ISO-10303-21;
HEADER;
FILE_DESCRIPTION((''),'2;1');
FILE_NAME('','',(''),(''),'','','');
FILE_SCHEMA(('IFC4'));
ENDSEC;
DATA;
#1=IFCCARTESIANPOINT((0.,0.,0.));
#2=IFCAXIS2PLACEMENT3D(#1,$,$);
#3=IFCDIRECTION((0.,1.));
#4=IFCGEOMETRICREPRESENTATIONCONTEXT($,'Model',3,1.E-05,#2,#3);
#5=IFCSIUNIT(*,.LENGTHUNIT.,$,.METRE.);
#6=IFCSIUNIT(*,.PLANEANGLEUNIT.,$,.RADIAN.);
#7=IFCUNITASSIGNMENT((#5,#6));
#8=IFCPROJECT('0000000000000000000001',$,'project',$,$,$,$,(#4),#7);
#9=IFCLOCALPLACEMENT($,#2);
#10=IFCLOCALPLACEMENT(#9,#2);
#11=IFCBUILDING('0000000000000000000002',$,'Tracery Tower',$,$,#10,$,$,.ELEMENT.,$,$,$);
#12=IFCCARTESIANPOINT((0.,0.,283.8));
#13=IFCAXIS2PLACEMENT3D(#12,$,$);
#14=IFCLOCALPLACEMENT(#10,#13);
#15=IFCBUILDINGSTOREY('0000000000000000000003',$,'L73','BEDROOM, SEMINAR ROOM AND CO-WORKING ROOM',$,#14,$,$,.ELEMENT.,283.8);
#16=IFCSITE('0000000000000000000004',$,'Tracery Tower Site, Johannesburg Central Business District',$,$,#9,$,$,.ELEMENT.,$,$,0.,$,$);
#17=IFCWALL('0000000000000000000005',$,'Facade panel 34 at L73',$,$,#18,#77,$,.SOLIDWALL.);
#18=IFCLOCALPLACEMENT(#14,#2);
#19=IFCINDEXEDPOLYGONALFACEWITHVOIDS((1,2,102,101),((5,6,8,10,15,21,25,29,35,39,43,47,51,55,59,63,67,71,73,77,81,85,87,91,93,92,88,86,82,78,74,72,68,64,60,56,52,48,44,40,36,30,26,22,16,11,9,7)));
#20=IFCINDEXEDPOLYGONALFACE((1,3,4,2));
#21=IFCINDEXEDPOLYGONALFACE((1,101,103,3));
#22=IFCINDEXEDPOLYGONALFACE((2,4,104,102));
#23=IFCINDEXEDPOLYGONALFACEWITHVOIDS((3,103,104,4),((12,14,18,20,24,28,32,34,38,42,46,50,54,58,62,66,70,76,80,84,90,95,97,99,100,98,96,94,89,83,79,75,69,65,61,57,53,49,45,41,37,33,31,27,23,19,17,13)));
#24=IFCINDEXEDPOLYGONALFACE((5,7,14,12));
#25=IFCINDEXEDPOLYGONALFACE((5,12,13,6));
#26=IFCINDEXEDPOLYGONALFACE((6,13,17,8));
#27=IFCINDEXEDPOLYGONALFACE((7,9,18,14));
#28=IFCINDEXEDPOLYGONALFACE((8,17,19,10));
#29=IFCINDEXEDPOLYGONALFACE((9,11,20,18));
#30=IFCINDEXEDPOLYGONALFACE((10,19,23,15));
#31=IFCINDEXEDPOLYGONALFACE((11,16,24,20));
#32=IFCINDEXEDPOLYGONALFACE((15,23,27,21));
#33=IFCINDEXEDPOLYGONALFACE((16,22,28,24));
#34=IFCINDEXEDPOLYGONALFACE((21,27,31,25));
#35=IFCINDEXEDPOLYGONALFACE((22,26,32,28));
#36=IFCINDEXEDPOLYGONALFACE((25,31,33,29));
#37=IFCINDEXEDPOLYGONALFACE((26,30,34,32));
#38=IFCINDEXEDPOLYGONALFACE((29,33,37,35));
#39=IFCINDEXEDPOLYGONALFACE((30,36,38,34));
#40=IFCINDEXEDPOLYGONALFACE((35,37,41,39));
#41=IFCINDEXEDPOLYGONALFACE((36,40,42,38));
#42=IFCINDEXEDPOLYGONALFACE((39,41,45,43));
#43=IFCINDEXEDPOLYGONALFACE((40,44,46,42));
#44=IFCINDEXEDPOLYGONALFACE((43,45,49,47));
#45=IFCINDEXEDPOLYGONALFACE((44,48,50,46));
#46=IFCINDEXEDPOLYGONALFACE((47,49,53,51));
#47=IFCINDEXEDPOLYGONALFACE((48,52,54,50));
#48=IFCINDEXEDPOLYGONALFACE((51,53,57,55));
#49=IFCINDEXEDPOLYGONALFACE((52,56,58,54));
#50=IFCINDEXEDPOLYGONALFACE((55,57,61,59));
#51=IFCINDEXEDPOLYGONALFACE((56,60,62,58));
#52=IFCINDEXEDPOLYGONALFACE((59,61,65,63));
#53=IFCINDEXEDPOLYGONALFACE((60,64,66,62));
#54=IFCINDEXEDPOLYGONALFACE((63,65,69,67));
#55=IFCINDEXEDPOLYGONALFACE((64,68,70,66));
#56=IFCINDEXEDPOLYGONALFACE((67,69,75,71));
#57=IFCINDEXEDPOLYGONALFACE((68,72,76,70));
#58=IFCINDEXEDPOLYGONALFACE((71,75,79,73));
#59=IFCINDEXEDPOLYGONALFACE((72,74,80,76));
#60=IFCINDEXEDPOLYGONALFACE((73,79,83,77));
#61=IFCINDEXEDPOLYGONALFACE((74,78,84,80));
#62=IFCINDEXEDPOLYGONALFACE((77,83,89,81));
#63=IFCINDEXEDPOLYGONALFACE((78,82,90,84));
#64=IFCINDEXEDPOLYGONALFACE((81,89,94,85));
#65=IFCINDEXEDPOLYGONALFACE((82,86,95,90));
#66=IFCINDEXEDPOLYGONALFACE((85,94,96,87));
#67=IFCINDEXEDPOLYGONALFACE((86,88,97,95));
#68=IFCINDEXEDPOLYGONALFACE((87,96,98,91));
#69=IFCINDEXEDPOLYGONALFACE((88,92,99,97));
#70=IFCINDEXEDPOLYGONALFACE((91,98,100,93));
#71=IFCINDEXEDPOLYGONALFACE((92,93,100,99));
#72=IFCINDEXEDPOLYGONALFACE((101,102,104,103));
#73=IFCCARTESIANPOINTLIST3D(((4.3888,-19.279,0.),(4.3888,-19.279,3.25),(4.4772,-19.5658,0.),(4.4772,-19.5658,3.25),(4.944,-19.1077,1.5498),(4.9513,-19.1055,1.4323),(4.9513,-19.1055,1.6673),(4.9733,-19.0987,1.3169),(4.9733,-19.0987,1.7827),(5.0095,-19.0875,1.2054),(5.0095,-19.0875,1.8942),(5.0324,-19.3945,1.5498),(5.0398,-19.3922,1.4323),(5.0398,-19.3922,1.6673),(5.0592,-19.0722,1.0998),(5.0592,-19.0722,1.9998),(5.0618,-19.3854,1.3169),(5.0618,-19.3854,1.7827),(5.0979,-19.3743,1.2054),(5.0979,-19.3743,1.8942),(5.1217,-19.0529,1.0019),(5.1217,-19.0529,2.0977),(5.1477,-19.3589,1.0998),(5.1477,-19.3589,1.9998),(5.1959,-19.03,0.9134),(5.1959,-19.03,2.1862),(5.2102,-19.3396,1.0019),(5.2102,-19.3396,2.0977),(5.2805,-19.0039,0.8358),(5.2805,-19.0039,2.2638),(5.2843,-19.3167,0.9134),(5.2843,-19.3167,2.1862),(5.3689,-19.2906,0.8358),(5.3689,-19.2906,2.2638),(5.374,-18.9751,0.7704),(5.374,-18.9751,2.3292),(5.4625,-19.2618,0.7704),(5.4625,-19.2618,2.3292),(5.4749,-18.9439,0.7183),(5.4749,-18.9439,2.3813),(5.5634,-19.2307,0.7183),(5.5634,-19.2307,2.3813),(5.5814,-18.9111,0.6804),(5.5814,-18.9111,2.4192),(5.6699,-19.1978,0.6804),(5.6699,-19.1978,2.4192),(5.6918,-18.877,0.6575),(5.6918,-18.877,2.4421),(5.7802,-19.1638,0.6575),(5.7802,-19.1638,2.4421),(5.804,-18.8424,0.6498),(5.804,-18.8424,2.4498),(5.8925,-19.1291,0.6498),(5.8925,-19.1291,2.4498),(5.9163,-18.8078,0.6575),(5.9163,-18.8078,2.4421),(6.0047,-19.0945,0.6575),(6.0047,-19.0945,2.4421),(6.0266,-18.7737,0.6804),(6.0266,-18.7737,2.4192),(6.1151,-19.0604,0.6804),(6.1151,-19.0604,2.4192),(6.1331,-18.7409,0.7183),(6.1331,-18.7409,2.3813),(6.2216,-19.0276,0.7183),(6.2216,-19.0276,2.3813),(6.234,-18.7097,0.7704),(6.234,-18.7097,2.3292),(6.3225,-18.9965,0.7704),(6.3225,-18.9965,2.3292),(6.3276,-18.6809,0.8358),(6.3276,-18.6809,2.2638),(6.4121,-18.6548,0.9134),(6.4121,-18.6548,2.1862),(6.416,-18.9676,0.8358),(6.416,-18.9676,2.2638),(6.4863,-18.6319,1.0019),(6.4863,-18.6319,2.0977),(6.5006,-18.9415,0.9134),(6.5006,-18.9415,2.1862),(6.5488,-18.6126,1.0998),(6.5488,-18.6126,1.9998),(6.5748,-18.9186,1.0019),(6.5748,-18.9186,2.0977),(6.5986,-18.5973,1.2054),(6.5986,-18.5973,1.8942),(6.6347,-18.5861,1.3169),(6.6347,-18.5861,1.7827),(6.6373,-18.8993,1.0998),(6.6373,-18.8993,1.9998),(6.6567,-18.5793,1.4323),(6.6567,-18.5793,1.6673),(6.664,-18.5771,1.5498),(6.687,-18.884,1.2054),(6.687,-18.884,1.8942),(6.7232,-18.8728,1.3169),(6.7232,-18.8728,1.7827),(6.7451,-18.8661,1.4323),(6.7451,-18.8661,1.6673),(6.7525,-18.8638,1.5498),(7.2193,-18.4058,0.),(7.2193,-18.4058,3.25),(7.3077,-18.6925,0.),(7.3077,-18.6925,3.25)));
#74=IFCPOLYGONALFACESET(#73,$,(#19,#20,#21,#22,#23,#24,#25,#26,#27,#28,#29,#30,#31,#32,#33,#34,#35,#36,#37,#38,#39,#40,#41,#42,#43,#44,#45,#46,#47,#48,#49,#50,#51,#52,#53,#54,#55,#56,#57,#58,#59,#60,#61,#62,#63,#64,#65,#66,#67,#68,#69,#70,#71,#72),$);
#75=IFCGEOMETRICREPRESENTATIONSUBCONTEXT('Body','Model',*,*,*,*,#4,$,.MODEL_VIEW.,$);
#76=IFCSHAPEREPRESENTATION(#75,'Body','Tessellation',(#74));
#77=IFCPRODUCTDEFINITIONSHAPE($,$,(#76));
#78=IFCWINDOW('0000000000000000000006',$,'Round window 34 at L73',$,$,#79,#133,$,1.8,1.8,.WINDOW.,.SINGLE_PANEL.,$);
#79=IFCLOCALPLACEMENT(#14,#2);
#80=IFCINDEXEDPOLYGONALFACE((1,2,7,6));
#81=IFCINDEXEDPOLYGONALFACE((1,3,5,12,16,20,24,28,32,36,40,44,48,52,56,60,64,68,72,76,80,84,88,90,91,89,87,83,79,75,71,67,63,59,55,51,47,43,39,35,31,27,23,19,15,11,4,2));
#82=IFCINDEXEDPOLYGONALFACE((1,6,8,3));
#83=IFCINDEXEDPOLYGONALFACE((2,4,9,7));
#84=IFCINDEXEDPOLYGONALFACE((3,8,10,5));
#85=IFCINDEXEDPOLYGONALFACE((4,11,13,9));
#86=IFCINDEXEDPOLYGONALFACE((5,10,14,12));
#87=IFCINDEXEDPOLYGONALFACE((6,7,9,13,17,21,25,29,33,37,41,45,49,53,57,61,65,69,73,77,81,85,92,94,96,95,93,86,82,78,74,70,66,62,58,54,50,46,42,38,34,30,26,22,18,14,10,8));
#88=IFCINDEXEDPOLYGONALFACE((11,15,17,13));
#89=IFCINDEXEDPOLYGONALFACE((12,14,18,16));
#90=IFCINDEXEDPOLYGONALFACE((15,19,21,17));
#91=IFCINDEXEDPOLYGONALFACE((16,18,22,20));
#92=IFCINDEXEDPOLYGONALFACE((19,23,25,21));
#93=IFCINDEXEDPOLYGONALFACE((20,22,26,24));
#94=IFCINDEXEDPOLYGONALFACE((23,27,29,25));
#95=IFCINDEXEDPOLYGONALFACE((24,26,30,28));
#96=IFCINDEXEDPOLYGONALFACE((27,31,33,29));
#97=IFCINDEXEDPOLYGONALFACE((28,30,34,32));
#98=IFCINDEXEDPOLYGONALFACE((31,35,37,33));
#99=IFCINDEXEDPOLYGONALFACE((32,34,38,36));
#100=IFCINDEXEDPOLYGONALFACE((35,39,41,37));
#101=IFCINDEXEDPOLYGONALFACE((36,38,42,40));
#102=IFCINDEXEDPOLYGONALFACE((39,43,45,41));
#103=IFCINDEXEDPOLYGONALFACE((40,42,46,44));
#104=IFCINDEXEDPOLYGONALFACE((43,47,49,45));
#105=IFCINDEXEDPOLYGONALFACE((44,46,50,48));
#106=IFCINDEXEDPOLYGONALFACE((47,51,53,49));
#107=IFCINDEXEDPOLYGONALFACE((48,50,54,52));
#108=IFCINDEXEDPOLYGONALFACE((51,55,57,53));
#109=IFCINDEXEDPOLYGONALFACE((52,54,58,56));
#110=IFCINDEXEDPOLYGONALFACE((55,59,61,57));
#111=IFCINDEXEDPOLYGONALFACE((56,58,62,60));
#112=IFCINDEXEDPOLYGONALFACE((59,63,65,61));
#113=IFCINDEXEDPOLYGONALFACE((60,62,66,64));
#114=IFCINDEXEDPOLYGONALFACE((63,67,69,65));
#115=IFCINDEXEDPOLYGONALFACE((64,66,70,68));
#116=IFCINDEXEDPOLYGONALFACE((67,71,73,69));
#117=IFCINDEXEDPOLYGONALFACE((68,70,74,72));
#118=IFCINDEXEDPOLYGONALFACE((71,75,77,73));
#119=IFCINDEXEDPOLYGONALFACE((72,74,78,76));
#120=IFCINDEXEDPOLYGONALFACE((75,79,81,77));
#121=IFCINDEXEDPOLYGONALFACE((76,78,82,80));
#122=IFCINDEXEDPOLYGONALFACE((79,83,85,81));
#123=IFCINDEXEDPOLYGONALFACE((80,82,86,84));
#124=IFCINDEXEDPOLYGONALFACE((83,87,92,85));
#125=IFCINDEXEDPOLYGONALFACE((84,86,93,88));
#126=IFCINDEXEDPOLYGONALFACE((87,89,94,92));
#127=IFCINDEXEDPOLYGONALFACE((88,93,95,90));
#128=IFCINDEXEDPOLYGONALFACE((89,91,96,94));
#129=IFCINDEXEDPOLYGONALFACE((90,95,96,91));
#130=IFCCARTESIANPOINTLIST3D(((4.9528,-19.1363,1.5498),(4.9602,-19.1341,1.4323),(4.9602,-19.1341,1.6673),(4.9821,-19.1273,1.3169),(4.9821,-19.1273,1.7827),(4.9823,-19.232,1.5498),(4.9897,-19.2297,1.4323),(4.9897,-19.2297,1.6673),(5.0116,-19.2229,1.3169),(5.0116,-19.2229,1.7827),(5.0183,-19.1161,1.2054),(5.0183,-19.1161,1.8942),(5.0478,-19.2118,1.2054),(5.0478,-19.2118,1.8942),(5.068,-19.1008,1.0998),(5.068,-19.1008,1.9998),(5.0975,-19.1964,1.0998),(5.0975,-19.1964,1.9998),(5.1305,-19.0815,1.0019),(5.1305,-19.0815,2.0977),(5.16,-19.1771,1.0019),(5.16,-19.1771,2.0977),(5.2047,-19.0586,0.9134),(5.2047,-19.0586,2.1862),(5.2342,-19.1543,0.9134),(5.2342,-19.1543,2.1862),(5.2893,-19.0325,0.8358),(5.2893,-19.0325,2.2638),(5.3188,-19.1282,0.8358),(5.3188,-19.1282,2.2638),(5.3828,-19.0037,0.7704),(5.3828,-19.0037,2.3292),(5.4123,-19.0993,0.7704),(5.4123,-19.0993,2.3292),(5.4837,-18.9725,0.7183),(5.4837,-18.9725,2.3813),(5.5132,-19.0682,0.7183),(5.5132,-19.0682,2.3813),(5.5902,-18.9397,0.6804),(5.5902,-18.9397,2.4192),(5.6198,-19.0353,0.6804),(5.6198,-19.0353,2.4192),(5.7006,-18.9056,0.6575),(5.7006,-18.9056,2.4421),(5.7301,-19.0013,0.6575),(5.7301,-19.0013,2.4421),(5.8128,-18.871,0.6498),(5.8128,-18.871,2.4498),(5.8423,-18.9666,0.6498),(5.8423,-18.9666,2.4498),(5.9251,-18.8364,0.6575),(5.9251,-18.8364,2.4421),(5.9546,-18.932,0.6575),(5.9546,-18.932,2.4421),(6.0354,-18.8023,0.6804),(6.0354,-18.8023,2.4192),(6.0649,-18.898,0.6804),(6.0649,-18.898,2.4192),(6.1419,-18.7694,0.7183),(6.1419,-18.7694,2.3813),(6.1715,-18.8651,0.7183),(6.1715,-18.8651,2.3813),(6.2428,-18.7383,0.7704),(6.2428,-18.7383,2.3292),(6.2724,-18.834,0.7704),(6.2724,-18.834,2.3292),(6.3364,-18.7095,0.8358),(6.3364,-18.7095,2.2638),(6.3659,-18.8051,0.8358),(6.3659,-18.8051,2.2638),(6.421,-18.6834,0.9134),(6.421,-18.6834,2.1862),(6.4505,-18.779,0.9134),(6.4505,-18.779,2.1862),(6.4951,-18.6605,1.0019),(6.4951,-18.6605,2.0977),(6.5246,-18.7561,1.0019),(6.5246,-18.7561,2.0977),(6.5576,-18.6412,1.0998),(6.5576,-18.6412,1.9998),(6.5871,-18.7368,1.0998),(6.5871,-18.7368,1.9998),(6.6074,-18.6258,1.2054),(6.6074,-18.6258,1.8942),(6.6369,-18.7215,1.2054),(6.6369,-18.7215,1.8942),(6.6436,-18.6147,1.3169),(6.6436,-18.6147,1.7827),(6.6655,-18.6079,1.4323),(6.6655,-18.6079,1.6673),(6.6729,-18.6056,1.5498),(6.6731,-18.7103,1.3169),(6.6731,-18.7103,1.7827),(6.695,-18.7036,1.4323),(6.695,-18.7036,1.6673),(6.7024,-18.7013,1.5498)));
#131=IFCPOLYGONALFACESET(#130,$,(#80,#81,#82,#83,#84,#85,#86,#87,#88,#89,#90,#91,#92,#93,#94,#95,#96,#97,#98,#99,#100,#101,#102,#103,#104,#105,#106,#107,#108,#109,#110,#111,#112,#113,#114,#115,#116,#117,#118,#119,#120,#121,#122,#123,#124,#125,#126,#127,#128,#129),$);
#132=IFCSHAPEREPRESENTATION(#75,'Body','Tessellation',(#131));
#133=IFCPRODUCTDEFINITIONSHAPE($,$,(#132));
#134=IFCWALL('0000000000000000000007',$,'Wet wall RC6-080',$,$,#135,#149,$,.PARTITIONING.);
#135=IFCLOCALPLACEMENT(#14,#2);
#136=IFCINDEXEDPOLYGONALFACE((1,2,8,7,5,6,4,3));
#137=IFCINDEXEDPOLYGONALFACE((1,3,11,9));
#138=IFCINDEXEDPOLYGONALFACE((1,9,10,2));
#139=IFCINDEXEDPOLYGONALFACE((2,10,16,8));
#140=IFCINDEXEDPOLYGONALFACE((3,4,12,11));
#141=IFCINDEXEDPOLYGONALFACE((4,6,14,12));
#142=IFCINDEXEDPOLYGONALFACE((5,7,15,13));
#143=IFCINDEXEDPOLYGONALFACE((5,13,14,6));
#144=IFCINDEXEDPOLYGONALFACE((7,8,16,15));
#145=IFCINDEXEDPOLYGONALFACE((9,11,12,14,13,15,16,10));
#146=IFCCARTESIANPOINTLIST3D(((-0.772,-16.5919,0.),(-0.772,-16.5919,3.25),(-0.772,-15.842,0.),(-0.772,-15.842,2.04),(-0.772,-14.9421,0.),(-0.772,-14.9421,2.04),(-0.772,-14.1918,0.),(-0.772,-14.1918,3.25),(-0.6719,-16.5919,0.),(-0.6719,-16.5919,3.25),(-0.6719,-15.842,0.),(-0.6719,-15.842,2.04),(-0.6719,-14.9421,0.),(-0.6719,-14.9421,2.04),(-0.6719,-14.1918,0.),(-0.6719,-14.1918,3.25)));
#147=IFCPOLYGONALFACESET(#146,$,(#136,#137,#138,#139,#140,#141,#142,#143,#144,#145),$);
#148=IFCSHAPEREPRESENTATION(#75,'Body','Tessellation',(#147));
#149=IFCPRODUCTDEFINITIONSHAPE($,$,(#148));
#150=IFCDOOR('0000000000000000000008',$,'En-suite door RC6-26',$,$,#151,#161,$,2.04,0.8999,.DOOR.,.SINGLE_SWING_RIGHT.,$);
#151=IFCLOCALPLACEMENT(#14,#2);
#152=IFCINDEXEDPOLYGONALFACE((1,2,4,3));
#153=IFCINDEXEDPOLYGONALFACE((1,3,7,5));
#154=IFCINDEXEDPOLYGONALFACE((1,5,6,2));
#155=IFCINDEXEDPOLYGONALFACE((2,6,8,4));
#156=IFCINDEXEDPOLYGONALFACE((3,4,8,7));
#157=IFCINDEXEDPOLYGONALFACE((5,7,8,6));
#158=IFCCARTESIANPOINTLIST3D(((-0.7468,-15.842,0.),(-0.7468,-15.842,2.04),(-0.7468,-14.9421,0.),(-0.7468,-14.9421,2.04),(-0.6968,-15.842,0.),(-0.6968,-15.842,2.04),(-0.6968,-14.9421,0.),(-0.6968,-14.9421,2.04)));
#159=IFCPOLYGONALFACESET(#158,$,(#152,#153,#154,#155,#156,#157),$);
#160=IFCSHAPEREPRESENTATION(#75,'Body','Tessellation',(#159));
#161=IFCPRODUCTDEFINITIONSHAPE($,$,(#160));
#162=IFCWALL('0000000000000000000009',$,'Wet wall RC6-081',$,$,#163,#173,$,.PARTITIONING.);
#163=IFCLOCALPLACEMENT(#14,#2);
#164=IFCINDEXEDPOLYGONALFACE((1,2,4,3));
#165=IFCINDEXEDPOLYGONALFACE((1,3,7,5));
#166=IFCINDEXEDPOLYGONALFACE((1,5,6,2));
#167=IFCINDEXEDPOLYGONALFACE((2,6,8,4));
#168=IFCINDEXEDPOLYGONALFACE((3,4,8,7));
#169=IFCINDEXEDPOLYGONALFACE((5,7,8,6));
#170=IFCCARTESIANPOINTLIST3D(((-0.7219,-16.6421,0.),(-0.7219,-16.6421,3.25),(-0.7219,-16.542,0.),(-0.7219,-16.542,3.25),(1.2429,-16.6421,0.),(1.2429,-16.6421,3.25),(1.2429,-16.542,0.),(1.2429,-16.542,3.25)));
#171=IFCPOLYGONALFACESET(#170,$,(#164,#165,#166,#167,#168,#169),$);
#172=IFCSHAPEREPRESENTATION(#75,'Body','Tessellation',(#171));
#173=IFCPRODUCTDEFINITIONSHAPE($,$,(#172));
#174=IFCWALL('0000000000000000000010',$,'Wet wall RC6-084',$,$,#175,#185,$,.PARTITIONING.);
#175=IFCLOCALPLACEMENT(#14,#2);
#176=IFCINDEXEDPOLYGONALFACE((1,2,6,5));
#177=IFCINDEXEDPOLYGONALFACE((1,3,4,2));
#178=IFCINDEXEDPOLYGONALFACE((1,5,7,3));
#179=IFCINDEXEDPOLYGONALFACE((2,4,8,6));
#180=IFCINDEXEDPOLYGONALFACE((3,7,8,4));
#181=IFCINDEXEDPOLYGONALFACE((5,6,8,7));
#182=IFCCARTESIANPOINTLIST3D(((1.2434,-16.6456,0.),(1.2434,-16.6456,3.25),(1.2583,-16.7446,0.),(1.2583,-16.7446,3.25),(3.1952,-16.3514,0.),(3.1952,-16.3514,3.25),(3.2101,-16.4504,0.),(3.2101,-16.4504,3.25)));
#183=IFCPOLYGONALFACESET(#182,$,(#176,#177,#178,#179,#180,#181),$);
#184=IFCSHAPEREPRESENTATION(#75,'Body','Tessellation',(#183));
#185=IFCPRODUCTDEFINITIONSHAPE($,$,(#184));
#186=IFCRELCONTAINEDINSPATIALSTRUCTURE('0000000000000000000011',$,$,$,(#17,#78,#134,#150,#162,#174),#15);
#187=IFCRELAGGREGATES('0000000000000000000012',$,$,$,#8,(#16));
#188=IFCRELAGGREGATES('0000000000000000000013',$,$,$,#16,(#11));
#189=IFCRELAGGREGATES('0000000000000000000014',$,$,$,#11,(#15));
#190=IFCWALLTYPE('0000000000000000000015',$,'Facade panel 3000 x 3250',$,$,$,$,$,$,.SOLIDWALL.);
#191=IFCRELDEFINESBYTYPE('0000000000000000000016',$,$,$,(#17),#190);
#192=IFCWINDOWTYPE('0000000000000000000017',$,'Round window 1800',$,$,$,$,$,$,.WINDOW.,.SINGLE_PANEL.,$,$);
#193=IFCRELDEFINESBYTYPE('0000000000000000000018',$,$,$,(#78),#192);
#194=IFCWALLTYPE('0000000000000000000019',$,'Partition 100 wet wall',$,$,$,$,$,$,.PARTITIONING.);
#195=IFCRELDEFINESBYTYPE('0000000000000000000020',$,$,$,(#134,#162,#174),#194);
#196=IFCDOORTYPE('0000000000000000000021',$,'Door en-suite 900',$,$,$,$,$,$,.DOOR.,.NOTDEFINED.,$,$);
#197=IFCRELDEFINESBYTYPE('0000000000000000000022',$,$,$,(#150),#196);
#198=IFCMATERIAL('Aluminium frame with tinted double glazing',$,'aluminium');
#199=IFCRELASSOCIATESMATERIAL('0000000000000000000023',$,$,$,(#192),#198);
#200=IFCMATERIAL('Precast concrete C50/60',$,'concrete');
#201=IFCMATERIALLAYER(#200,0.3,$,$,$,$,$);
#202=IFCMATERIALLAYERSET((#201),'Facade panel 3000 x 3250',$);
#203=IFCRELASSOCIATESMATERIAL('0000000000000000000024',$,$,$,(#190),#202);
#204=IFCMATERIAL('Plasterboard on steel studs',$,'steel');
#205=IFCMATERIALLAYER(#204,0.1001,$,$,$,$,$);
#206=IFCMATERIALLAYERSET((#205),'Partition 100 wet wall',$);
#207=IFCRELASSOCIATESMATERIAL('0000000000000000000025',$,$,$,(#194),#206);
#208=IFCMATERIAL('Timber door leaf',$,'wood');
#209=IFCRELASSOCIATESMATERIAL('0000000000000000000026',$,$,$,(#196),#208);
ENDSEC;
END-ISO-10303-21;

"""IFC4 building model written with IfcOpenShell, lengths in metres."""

from ifc_helpers import new_model, si_unit, direction, frame, frame_2d, origin, origin_2d, place, context, subcontext, project, spatial, rectangle, circle, extrude, material, layer, layer_set, type_object, element, fill, save


model = new_model("IFC4")

# Units and contexts
model_context = context("Model", 3, precision=1e-05, world=origin(), true_north=direction((0.0, 1.0)))
body_context = subcontext(model_context, "Body", "Model", "MODEL_VIEW")
ifc_project = project(units=[si_unit("LENGTHUNIT", "METRE"), si_unit("PLANEANGLEUNIT", "RADIAN")], contexts=[model_context])

# Site, building, storey
site_placement = place(None, origin())
site = spatial("IfcSite", under=ifc_project, at=site_placement, Name="Tracery Tower Site, Johannesburg Central Business District", CompositionType="ELEMENT", RefElevation=0.0)
building_placement = place(site_placement, origin())
building = spatial("IfcBuilding", under=site, at=building_placement, Name="Tracery Tower", CompositionType="ELEMENT")
storey_placement = place(building_placement, frame((0.0, 0.0, 283.8)))
storey = spatial("IfcBuildingStorey", under=building, at=storey_placement, Name="L73", Description="BEDROOM, SEMINAR ROOM AND CO-WORKING ROOM", CompositionType="ELEMENT", Elevation=283.8)

# Wall, opening, window
ifc_material_1 = material(Name="Aluminium frame with tinted double glazing", Category="aluminium")
window_type = type_object("IfcWindowType", Name="Round window 1800", PartitioningType="SINGLE_PANEL", PredefinedType="WINDOW", material=ifc_material_1)
ifc_material_2 = material(Name="Precast concrete C50/60", Category="concrete")
ifc_layer_1 = layer(ifc_material_2, 0.3)
ifc_layer_set_1 = layer_set([ifc_layer_1], Name="Facade panel 3000 x 3250")
wall_type_1 = type_object("IfcWallType", Name="Facade panel 3000 x 3250", PredefinedType="SOLIDWALL", material=ifc_layer_set_1)
wall_1_placement = place(storey_placement, frame((4.4331, -19.4224, 0.0), z_axis=(0.0, 0.0, 1.0), x_axis=(0.955556, 0.29481, 0.0)))
wall_1 = element("IfcWall", 1, at=wall_1_placement, inside=storey, type_object=wall_type_1, Name="Facade panel 34 at L73", PredefinedType="SOLIDWALL", context=body_context, shape_type="SweptSolid", body=[
    extrude(rectangle(XDim=2.9622, YDim=0.3, at=frame_2d((1.481, 0.0))), origin(), (0.0, 0.0, 1.0), 3.25),
])
opening_1_placement = place(wall_1_placement, frame((1.481, 0.0, 1.5498)))
opening_1 = element("IfcOpeningElement", 2, at=opening_1_placement, cuts=wall_1, PredefinedType="OPENING", context=body_context, shape_type="SweptSolid", body=[
    extrude(circle(Radius=0.9, at=origin_2d()), frame((0.0, 0.1599, 0.0), z_axis=(0.0, -1.0, 0.0), x_axis=(1.0, 0.0, 0.0)), (0.0, 0.0, 1.0), 0.3201),
])
window_1_placement = place(opening_1_placement, origin())
window_1 = element("IfcWindow", 3, at=window_1_placement, inside=storey, type_object=window_type, Name="Round window 34 at L73", OverallHeight=1.8, OverallWidth=1.8, PartitioningType="SINGLE_PANEL", PredefinedType="WINDOW", context=body_context, shape_type="SweptSolid", body=[
    extrude(circle(Radius=0.9, at=origin_2d()), frame((0.0, 0.1201, 0.0), z_axis=(0.0, -1.0, 0.0), x_axis=(1.0, 0.0, 0.0)), (0.0, 0.0, 1.0), 0.1001),
])
fill(opening_1, window_1)

# Wall, opening, door
ifc_material_3 = material(Name="Plasterboard on steel studs", Category="steel")
ifc_layer_2 = layer(ifc_material_3, 0.1001)
ifc_layer_set_2 = layer_set([ifc_layer_2], Name="Partition 100 wet wall")
wall_type_2 = type_object("IfcWallType", Name="Partition 100 wet wall", PredefinedType="PARTITIONING", material=ifc_layer_set_2)
wall_2_placement = place(storey_placement, frame((-0.7219, -16.592, 0.0), z_axis=(0.0, 0.0, 1.0), x_axis=(0.0, 1.0, 0.0)))
wall_2 = element("IfcWall", 4, at=wall_2_placement, inside=storey, type_object=wall_type_2, Name="Wet wall RC6-080", PredefinedType="PARTITIONING", context=body_context, shape_type="SweptSolid", body=[
    extrude(rectangle(XDim=2.4001, YDim=0.1001, at=frame_2d((1.2002, 0.0))), origin(), (0.0, 0.0, 1.0), 3.25),
])
opening_2_placement = place(wall_2_placement, frame((0.75, 0.0, 0.0)))
opening_2 = element("IfcOpeningElement", 5, at=opening_2_placement, cuts=wall_2, PredefinedType="OPENING", context=body_context, shape_type="SweptSolid", body=[
    extrude(rectangle(XDim=0.8999, YDim=2.04, at=frame_2d((0.45, 1.02))), frame((0.0, 0.05, 0.0), z_axis=(0.0, -1.0, 0.0), x_axis=(1.0, 0.0, 0.0)), (0.0, 0.0, 1.0), 0.1001),
])
ifc_material_4 = material(Name="Timber door leaf", Category="wood")
door_type_1 = type_object("IfcDoorType", Name="Door en-suite 900", OperationType="NOTDEFINED", PredefinedType="DOOR", material=ifc_material_4)
door_1_placement = place(opening_2_placement, origin())
door_1 = element("IfcDoor", 6, at=door_1_placement, inside=storey, type_object=door_type_1, Name="En-suite door RC6-26", OperationType="SINGLE_SWING_RIGHT", OverallHeight=2.04, OverallWidth=0.8999, PredefinedType="DOOR", context=body_context, shape_type="SweptSolid", body=[
    extrude(rectangle(XDim=0.8999, YDim=2.04, at=frame_2d((0.45, 1.02))), frame((0.0, 0.0249, 0.0), z_axis=(0.0, -1.0, 0.0), x_axis=(1.0, 0.0, 0.0)), (0.0, 0.0, 1.0), 0.05),
])
fill(opening_2, door_1)

# Walls
wall_3_placement = place(storey_placement, frame((-0.7219, -16.592, 0.0), z_axis=(0.0, 0.0, 1.0), x_axis=(1.0, 0.0, 0.0)))
element("IfcWall", 7, at=wall_3_placement, inside=storey, type_object=wall_type_2, Name="Wet wall RC6-081", PredefinedType="PARTITIONING", context=body_context, shape_type="SweptSolid", body=[
    extrude(rectangle(XDim=1.9648, YDim=0.1001, at=frame_2d((0.9824, 0.0))), origin(), (0.0, 0.0, 1.0), 3.25),
])
wall_4_placement = place(storey_placement, frame((1.251, -16.6951, 0.0), z_axis=(0.0, 0.0, 1.0), x_axis=(0.988832, 0.149036, 0.0)))
element("IfcWall", 8, at=wall_4_placement, inside=storey, type_object=wall_type_2, Name="Wet wall RC6-084", PredefinedType="PARTITIONING", context=body_context, shape_type="SweptSolid", body=[
    extrude(rectangle(XDim=1.9739, YDim=0.1001, at=frame_2d((0.9868, 0.0))), origin(), (0.0, 0.0, 1.0), 3.25),
])

save(model, "model.ifc")
